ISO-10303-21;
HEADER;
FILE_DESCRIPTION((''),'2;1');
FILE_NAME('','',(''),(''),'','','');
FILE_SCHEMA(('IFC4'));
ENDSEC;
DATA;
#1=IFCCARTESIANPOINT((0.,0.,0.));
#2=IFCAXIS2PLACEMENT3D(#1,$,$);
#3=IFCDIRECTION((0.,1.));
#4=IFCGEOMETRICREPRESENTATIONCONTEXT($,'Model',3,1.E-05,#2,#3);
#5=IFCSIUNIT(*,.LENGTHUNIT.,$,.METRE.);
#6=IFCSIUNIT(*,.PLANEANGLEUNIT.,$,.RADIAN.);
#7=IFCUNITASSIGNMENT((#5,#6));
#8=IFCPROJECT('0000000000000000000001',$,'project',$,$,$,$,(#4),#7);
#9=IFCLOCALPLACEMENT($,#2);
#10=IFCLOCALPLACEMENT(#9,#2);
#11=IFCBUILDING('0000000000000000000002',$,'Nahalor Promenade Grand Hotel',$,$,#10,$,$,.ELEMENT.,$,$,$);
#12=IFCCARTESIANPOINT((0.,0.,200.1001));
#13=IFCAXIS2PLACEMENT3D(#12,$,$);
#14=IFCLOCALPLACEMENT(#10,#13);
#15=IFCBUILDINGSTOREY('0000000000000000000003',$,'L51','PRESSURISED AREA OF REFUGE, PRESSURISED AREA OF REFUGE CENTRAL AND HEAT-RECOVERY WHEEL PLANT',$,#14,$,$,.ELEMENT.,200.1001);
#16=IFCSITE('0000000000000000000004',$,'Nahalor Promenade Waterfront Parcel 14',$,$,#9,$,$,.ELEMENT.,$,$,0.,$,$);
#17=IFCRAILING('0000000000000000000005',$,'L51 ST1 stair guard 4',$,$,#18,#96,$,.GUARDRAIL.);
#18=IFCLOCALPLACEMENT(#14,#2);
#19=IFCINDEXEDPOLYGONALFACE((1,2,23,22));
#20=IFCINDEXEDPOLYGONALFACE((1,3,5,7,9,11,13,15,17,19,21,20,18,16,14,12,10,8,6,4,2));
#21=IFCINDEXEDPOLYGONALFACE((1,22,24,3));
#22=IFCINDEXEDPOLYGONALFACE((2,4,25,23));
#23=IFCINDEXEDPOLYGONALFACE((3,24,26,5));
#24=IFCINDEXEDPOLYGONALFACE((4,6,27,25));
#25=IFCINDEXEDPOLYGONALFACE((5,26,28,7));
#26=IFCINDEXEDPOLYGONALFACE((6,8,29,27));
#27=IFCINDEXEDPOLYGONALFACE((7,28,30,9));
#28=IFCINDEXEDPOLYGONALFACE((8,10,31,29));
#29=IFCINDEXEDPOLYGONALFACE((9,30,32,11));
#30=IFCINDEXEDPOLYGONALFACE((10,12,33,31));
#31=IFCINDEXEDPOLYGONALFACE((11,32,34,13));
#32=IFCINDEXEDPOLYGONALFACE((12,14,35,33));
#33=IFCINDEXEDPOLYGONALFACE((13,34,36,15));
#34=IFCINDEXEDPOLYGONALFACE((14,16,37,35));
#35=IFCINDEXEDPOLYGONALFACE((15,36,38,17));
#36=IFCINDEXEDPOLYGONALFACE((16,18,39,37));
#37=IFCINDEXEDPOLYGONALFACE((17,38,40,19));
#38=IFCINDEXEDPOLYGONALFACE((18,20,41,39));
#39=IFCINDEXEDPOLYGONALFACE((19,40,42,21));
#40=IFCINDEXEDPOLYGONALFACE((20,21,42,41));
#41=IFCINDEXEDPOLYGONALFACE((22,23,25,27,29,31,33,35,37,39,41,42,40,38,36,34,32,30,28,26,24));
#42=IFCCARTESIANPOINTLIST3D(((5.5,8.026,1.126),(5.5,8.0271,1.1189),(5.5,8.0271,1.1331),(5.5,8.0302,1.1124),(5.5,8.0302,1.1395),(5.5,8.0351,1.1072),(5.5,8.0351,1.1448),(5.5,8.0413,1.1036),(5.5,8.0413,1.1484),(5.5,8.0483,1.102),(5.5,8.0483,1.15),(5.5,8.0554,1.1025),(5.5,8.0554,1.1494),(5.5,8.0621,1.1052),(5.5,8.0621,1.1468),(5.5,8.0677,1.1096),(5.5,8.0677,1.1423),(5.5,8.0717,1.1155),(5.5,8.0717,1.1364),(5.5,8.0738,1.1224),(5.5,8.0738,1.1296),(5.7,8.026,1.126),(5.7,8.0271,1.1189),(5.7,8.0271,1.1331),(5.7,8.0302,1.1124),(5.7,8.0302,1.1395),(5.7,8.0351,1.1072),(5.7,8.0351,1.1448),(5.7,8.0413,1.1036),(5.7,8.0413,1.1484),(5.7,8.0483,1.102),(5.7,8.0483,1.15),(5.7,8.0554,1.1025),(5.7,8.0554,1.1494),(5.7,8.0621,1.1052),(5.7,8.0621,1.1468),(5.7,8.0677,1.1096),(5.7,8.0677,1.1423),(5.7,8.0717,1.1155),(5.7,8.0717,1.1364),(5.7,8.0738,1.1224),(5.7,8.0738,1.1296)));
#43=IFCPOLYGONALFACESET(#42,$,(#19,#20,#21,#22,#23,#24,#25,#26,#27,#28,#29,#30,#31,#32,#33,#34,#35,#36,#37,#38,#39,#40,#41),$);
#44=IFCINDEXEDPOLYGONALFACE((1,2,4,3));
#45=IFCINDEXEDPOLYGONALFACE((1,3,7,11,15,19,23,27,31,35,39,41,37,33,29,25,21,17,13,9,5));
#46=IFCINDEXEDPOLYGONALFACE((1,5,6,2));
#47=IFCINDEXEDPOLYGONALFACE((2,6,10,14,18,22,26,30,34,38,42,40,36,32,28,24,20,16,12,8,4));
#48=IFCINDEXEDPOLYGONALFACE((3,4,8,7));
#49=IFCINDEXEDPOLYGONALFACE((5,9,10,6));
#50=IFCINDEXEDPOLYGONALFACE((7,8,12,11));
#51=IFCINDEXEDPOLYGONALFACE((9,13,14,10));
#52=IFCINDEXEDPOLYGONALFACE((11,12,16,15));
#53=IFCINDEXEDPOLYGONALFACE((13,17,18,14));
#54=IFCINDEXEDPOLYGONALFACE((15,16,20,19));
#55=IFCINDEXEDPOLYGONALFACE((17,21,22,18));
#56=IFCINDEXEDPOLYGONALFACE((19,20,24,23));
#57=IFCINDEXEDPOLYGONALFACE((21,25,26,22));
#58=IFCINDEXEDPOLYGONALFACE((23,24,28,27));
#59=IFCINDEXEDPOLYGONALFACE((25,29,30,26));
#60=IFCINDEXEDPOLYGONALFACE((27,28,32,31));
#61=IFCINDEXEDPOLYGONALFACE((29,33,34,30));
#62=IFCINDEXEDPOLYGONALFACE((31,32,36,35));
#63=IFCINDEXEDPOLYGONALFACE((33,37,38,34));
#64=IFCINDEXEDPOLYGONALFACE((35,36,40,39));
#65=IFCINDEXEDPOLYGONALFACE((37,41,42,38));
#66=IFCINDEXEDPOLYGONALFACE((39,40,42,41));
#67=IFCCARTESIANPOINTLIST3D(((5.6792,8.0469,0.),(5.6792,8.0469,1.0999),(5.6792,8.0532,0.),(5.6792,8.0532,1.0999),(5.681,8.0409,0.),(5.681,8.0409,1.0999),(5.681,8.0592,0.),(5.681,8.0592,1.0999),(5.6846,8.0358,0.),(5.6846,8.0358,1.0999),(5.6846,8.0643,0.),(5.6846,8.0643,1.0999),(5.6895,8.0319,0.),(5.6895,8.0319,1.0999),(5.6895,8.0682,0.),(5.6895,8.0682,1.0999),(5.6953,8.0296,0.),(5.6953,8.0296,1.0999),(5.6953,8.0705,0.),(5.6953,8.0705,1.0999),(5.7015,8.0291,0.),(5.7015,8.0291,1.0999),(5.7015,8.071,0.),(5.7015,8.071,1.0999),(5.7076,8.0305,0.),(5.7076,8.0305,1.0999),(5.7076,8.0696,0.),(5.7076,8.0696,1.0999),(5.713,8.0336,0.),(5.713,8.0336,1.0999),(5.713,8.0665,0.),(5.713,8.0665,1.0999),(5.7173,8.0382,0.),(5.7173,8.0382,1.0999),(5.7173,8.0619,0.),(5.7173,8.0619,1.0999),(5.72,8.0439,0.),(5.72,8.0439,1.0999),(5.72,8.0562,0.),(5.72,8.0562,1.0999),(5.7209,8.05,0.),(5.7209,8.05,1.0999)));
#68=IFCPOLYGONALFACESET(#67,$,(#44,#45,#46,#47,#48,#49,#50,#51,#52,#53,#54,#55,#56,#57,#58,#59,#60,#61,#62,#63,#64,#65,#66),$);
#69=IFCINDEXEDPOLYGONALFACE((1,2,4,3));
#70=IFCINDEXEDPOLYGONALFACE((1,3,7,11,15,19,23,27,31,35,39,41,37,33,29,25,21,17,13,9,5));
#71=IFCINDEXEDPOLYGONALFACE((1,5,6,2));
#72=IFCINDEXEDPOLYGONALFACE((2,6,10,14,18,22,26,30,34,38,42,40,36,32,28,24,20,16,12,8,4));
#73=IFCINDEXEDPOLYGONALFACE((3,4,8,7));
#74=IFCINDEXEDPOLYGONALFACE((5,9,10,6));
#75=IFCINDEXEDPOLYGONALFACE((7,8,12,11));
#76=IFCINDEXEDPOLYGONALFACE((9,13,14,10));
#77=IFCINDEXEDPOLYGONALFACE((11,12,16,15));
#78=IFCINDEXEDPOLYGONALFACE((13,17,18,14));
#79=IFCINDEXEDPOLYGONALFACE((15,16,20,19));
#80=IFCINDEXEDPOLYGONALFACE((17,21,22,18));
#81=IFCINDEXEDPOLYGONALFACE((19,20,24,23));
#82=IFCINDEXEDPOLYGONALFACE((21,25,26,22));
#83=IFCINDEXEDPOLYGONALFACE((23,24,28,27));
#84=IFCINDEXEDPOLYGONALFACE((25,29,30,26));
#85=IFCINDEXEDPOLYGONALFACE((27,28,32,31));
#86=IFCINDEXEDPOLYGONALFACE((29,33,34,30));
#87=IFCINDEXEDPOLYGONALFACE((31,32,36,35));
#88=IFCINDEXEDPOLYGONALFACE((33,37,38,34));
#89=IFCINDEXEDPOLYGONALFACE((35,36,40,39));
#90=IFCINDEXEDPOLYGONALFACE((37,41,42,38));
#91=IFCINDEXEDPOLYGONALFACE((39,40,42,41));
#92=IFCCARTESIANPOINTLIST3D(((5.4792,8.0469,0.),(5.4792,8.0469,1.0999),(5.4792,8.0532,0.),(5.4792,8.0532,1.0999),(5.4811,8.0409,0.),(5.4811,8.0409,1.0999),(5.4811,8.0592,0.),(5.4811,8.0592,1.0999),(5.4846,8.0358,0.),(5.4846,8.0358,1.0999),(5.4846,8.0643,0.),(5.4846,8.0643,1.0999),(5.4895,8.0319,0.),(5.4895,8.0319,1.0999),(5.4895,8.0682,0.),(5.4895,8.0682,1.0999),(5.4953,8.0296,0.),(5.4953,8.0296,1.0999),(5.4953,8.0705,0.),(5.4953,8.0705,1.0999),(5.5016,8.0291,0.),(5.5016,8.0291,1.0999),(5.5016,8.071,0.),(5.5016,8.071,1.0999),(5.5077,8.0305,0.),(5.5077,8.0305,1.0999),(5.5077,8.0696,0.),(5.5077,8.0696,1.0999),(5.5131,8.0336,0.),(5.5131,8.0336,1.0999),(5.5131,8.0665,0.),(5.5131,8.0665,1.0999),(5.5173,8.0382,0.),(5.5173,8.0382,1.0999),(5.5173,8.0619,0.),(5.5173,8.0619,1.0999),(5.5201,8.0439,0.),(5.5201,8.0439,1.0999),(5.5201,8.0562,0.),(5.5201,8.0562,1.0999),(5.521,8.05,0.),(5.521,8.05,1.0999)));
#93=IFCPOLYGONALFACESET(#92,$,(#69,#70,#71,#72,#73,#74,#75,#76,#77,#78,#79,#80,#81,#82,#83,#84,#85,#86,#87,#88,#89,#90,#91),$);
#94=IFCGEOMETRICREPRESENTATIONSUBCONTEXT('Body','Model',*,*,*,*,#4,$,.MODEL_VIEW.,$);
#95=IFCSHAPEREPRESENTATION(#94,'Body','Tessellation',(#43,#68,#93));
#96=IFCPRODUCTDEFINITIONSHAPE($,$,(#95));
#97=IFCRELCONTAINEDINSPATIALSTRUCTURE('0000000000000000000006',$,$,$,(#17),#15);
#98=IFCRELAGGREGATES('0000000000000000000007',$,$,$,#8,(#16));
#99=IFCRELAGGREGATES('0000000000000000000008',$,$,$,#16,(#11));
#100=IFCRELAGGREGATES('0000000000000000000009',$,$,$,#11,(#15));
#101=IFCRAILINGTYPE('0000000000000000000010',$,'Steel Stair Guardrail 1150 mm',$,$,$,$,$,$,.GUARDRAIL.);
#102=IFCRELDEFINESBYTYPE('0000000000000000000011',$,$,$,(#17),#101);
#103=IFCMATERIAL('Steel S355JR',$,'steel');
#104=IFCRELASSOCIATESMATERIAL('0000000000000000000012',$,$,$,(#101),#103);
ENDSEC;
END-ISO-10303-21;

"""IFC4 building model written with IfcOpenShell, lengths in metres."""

from ifc_helpers import new_model, si_unit, direction, frame, origin, origin_2d, place, context, subcontext, project, spatial, circle, extrude, material, type_object, element, save


model = new_model("IFC4")

# Units and contexts
model_context = context("Model", 3, precision=1e-05, world=origin(), true_north=direction((0.0, 1.0)))
body_context = subcontext(model_context, "Body", "Model", "MODEL_VIEW")
ifc_project = project(units=[si_unit("LENGTHUNIT", "METRE"), si_unit("PLANEANGLEUNIT", "RADIAN")], contexts=[model_context])

# Site, building, storey
site_placement = place(None, origin())
site = spatial("IfcSite", under=ifc_project, at=site_placement, Name="Nahalor Promenade Waterfront Parcel 14", CompositionType="ELEMENT", RefElevation=0.0)
building_placement = place(site_placement, origin())
building = spatial("IfcBuilding", under=site, at=building_placement, Name="Nahalor Promenade Grand Hotel", CompositionType="ELEMENT")
storey_placement = place(building_placement, frame((0.0, 0.0, 200.1001)))
storey = spatial("IfcBuildingStorey", under=building, at=storey_placement, Name="L51", Description="PRESSURISED AREA OF REFUGE, PRESSURISED AREA OF REFUGE CENTRAL AND HEAT-RECOVERY WHEEL PLANT", CompositionType="ELEMENT", Elevation=200.1001)

# Shared definitions
ifc_material_1 = material(Name="Steel S355JR", Category="steel")

# Railing
railing_type_1 = type_object("IfcRailingType", Name="Steel Stair Guardrail 1150 mm", PredefinedType="GUARDRAIL", material=ifc_material_1)
railing_1_placement = place(storey_placement, frame((5.7, 8.05, 0.0)))
element("IfcRailing", 1, at=railing_1_placement, inside=storey, type_object=railing_type_1, Name="L51 ST1 stair guard 4", PredefinedType="GUARDRAIL", context=body_context, shape_type="SweptSolid", body=[
    extrude(circle(Radius=0.024, at=origin_2d()), frame((0.0, 0.0, 1.126), z_axis=(-1.0, 0.0, 0.0), x_axis=(0.0, -1.0, 0.0)), (0.0, 0.0, 1.0), 0.2),
    extrude(circle(Radius=0.021, at=origin_2d()), origin(), (0.0, 0.0, 1.0), 1.0999),
    extrude(circle(Radius=0.021, at=origin_2d()), frame((-0.2, 0.0, 0.0)), (0.0, 0.0, 1.0), 1.0999),
])

save(model, "model.ifc")
